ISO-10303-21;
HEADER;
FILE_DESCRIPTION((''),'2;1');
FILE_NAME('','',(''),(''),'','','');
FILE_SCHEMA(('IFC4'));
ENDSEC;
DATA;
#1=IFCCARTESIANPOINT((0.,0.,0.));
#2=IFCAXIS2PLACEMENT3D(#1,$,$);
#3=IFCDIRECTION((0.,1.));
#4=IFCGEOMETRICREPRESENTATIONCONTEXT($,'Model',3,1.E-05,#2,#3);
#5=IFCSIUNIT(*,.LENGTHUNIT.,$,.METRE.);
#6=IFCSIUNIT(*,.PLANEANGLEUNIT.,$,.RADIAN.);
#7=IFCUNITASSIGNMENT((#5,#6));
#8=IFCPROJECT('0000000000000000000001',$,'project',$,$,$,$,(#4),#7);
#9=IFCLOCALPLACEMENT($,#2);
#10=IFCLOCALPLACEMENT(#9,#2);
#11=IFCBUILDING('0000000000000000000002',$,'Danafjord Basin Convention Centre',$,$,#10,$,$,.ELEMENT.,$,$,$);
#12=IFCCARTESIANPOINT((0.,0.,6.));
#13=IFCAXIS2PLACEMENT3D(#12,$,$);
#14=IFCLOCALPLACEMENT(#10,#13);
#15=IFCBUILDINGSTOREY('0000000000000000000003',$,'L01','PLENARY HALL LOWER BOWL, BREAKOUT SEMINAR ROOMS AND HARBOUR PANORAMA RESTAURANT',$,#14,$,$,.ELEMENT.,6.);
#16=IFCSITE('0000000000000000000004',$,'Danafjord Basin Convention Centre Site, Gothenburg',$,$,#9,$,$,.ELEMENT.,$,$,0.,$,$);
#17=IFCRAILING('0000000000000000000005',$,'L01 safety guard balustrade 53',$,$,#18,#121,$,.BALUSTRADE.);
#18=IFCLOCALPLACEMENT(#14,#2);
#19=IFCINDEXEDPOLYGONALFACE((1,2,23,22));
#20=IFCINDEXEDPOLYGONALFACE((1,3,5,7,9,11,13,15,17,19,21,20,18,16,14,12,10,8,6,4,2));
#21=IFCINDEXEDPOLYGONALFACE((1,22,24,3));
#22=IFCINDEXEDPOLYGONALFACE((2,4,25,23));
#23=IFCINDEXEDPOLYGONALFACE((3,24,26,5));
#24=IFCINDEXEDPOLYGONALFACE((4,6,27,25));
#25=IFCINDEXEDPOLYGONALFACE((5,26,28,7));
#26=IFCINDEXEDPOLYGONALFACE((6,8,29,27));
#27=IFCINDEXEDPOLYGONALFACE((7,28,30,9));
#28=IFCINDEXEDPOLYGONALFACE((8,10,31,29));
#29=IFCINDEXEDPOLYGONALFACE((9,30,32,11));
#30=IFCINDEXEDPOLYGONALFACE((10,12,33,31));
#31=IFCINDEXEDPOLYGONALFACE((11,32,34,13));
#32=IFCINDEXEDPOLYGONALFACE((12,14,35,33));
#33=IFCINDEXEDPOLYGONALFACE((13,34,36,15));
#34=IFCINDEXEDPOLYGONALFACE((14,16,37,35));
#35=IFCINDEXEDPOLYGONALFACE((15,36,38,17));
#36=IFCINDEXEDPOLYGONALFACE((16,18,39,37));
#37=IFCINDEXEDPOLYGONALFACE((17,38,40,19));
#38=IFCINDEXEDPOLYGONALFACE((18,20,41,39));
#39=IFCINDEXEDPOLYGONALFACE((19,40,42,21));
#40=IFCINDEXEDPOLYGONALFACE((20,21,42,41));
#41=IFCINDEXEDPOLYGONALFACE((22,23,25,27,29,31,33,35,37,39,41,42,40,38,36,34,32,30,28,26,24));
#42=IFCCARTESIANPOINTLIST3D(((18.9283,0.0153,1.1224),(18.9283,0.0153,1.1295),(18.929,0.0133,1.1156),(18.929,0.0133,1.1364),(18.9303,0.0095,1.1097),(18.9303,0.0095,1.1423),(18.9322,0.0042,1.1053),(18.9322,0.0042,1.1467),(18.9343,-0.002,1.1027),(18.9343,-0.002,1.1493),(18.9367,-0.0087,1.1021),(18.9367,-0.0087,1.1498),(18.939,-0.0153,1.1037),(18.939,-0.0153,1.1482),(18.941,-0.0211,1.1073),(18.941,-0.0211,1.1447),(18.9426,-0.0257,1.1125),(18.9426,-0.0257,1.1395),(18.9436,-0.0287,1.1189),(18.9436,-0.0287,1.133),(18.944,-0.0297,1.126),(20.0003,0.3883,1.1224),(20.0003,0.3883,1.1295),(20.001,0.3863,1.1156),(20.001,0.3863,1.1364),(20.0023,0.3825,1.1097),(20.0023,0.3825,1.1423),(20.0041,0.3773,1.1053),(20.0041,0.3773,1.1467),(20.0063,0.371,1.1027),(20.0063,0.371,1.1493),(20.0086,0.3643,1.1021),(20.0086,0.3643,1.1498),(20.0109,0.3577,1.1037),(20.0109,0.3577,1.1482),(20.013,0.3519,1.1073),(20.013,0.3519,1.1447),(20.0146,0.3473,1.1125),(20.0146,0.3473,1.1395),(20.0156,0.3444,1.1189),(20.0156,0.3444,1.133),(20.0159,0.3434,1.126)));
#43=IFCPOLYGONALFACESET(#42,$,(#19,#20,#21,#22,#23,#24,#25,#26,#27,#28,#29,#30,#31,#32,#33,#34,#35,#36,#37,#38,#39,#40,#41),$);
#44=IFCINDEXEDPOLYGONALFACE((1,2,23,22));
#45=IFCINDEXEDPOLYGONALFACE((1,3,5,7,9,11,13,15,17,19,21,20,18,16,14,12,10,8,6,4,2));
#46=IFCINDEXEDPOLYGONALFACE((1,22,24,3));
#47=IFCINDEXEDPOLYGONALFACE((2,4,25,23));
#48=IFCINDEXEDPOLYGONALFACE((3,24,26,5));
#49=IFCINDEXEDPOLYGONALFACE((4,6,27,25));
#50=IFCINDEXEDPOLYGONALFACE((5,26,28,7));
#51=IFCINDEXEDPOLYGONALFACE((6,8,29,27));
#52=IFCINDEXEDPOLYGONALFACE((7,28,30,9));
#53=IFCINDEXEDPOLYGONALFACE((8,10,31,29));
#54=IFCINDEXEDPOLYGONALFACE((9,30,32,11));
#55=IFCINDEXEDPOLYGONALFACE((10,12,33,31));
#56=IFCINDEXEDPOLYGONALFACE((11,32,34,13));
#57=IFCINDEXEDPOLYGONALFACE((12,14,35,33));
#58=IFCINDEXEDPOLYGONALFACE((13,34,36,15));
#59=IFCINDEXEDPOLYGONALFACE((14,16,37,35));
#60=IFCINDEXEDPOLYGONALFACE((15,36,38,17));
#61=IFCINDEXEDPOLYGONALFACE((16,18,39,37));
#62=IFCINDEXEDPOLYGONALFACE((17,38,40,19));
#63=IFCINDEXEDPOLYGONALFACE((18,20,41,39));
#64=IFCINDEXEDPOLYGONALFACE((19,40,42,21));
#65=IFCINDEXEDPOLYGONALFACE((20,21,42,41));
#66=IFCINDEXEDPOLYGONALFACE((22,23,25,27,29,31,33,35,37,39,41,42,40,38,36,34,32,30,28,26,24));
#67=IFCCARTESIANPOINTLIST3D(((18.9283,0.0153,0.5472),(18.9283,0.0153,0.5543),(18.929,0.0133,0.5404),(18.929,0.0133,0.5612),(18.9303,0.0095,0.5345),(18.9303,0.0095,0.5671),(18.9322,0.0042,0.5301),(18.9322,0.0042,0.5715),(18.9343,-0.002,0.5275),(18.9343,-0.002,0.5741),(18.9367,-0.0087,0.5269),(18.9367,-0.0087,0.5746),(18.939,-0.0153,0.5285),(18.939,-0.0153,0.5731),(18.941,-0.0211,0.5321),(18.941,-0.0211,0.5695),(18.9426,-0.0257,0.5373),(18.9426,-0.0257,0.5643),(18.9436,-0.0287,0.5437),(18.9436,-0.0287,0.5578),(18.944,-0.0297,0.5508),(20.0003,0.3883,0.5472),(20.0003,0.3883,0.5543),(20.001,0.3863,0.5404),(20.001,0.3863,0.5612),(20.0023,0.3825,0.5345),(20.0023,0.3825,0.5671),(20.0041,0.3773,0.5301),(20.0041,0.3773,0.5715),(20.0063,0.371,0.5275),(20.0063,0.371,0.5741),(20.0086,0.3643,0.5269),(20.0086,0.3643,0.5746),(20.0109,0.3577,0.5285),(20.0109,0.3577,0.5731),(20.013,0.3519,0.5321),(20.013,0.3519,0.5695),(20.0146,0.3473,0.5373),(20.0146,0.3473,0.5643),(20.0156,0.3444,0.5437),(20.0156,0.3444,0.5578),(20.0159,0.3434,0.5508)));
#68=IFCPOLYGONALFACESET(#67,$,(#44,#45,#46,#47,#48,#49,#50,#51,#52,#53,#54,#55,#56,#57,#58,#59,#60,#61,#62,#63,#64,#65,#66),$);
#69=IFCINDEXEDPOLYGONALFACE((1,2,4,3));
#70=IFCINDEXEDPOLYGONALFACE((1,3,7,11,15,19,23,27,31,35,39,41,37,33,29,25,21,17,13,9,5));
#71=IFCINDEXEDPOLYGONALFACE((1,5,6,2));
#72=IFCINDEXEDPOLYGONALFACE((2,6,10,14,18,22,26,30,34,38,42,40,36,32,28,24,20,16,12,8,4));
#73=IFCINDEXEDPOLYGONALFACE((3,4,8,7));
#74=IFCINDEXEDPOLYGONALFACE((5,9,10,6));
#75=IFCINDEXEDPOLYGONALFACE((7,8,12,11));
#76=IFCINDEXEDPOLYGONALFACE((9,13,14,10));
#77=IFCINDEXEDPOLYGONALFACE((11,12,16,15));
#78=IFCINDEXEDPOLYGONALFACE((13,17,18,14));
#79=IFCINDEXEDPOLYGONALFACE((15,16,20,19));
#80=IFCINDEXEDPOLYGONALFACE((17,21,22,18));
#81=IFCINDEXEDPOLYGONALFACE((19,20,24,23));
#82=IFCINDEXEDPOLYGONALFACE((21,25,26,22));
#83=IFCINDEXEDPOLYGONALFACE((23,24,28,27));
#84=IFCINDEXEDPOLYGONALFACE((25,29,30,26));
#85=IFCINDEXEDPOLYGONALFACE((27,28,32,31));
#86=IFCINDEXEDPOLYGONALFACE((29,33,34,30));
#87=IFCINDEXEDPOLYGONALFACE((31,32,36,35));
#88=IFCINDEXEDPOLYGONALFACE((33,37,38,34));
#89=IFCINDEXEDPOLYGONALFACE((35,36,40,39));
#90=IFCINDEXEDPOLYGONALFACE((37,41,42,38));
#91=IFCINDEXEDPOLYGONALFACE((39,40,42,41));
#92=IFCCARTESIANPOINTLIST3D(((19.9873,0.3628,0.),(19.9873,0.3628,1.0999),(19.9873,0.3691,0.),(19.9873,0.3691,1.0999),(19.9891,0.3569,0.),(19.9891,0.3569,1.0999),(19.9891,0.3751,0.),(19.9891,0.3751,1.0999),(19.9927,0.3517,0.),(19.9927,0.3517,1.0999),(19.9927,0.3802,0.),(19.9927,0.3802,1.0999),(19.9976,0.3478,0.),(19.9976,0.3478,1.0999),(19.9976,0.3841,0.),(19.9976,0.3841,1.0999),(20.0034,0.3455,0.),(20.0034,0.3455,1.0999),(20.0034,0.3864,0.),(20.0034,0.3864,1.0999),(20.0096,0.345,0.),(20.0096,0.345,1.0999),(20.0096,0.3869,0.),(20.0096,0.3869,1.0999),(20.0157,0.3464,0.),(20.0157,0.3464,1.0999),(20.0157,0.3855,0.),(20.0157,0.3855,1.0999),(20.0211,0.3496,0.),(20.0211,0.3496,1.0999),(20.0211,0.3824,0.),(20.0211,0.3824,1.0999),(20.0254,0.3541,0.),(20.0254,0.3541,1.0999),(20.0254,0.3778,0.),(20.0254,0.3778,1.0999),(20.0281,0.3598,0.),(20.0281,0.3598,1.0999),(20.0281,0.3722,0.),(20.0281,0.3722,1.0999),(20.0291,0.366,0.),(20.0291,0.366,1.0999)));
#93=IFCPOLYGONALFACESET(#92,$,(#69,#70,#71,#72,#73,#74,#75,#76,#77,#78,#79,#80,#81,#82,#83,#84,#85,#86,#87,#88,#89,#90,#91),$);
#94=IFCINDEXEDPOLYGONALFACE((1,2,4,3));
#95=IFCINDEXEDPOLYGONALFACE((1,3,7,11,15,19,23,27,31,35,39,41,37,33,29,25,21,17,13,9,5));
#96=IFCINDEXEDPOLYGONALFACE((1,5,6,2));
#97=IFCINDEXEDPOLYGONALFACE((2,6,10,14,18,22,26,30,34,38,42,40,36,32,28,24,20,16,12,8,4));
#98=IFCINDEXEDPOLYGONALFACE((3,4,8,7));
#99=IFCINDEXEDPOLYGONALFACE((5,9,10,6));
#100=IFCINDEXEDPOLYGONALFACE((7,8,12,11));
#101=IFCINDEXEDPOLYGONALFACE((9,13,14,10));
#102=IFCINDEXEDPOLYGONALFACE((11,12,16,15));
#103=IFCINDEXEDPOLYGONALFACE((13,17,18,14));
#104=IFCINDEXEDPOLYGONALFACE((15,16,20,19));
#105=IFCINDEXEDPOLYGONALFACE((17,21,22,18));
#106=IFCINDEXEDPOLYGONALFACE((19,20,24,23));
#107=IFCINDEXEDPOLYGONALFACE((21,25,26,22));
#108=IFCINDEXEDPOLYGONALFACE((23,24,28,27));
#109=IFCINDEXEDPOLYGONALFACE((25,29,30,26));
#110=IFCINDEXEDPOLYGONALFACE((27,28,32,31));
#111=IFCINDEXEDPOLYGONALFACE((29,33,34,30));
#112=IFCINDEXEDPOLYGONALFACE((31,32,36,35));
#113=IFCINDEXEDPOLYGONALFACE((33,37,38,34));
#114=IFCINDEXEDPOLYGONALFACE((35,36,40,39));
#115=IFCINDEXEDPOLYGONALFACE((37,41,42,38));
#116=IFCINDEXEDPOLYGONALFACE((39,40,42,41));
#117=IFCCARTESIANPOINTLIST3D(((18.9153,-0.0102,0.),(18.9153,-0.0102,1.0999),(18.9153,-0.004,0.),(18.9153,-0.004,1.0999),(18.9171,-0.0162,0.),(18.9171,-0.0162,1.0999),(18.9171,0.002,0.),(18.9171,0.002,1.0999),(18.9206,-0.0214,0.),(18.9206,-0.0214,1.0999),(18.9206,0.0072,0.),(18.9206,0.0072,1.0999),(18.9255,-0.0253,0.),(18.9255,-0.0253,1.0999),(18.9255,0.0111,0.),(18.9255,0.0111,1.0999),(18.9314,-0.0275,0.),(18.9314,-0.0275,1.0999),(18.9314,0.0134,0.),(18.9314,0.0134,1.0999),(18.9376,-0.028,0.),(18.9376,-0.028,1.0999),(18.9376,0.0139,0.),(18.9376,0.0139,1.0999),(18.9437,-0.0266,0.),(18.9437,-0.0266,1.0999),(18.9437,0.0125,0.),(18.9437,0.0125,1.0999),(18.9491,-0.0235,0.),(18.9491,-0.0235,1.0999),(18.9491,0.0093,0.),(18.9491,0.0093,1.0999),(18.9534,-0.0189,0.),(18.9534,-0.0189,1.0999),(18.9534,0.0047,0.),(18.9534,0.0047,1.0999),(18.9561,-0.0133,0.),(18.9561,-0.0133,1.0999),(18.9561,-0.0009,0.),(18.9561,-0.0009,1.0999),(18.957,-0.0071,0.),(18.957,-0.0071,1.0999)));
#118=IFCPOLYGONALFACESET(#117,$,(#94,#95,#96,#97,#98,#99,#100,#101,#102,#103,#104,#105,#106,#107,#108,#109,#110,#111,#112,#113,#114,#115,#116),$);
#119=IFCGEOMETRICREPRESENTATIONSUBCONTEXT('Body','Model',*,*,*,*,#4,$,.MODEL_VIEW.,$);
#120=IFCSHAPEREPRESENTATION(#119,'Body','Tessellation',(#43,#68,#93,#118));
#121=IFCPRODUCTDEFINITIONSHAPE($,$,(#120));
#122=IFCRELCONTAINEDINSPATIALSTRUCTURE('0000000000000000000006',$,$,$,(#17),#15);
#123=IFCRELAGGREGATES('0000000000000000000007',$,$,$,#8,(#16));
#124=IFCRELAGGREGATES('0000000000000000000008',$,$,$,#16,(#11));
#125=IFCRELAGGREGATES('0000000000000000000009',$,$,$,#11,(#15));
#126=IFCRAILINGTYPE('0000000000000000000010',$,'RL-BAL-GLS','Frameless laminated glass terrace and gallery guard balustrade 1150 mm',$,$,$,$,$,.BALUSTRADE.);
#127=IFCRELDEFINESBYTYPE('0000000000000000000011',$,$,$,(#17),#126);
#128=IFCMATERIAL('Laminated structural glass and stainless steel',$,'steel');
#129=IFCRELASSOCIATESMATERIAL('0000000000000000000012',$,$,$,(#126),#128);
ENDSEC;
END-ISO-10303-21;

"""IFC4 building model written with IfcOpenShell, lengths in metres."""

from ifc_helpers import new_model, si_unit, direction, frame, origin, origin_2d, place, context, subcontext, project, spatial, circle, extrude, material, type_object, element, save


model = new_model("IFC4")

# Units and contexts
model_context = context("Model", 3, precision=1e-05, world=origin(), true_north=direction((0.0, 1.0)))
body_context = subcontext(model_context, "Body", "Model", "MODEL_VIEW")
ifc_project = project(units=[si_unit("LENGTHUNIT", "METRE"), si_unit("PLANEANGLEUNIT", "RADIAN")], contexts=[model_context])

# Site, building, storey
site_placement = place(None, origin())
site = spatial("IfcSite", under=ifc_project, at=site_placement, Name="Danafjord Basin Convention Centre Site, Gothenburg", CompositionType="ELEMENT", RefElevation=0.0)
building_placement = place(site_placement, origin())
building = spatial("IfcBuilding", under=site, at=building_placement, Name="Danafjord Basin Convention Centre", CompositionType="ELEMENT")
storey_placement = place(building_placement, frame((0.0, 0.0, 6.0)))
storey = spatial("IfcBuildingStorey", under=building, at=storey_placement, Name="L01", Description="PLENARY HALL LOWER BOWL, BREAKOUT SEMINAR ROOMS AND HARBOUR PANORAMA RESTAURANT", CompositionType="ELEMENT", Elevation=6.0)

# Railing
ifc_material_1 = material(Name="Laminated structural glass and stainless steel", Category="steel")
railing_type = type_object("IfcRailingType", Name="RL-BAL-GLS", Description="Frameless laminated glass terrace and gallery guard balustrade 1150 mm", PredefinedType="BALUSTRADE", material=ifc_material_1)
railing_1_placement = place(storey_placement, frame((20.0081, 0.366, 0.0)))
element("IfcRailing", 1, at=railing_1_placement, inside=storey, type_object=railing_type, Name="L01 safety guard balustrade 53", PredefinedType="BALUSTRADE", context=body_context, shape_type="SweptSolid", body=[
    extrude(circle(Radius=0.0239, at=origin_2d()), frame((0.0, 0.0, 1.126), z_axis=(-0.94445, -0.328654, 0.0), x_axis=(0.328654, -0.94445, 0.0)), (0.0, 0.0, 1.0), 1.135),
    extrude(circle(Radius=0.0239, at=origin_2d()), frame((0.0, 0.0, 0.5508), z_axis=(-0.94445, -0.328654, 0.0), x_axis=(0.328654, -0.94445, 0.0)), (0.0, 0.0, 1.0), 1.135),
    extrude(circle(Radius=0.021, at=origin_2d()), origin(), (0.0, 0.0, 1.0), 1.0999),
    extrude(circle(Radius=0.021, at=origin_2d()), frame((-1.072, -0.373, 0.0)), (0.0, 0.0, 1.0), 1.0999),
])

save(model, "model.ifc")
